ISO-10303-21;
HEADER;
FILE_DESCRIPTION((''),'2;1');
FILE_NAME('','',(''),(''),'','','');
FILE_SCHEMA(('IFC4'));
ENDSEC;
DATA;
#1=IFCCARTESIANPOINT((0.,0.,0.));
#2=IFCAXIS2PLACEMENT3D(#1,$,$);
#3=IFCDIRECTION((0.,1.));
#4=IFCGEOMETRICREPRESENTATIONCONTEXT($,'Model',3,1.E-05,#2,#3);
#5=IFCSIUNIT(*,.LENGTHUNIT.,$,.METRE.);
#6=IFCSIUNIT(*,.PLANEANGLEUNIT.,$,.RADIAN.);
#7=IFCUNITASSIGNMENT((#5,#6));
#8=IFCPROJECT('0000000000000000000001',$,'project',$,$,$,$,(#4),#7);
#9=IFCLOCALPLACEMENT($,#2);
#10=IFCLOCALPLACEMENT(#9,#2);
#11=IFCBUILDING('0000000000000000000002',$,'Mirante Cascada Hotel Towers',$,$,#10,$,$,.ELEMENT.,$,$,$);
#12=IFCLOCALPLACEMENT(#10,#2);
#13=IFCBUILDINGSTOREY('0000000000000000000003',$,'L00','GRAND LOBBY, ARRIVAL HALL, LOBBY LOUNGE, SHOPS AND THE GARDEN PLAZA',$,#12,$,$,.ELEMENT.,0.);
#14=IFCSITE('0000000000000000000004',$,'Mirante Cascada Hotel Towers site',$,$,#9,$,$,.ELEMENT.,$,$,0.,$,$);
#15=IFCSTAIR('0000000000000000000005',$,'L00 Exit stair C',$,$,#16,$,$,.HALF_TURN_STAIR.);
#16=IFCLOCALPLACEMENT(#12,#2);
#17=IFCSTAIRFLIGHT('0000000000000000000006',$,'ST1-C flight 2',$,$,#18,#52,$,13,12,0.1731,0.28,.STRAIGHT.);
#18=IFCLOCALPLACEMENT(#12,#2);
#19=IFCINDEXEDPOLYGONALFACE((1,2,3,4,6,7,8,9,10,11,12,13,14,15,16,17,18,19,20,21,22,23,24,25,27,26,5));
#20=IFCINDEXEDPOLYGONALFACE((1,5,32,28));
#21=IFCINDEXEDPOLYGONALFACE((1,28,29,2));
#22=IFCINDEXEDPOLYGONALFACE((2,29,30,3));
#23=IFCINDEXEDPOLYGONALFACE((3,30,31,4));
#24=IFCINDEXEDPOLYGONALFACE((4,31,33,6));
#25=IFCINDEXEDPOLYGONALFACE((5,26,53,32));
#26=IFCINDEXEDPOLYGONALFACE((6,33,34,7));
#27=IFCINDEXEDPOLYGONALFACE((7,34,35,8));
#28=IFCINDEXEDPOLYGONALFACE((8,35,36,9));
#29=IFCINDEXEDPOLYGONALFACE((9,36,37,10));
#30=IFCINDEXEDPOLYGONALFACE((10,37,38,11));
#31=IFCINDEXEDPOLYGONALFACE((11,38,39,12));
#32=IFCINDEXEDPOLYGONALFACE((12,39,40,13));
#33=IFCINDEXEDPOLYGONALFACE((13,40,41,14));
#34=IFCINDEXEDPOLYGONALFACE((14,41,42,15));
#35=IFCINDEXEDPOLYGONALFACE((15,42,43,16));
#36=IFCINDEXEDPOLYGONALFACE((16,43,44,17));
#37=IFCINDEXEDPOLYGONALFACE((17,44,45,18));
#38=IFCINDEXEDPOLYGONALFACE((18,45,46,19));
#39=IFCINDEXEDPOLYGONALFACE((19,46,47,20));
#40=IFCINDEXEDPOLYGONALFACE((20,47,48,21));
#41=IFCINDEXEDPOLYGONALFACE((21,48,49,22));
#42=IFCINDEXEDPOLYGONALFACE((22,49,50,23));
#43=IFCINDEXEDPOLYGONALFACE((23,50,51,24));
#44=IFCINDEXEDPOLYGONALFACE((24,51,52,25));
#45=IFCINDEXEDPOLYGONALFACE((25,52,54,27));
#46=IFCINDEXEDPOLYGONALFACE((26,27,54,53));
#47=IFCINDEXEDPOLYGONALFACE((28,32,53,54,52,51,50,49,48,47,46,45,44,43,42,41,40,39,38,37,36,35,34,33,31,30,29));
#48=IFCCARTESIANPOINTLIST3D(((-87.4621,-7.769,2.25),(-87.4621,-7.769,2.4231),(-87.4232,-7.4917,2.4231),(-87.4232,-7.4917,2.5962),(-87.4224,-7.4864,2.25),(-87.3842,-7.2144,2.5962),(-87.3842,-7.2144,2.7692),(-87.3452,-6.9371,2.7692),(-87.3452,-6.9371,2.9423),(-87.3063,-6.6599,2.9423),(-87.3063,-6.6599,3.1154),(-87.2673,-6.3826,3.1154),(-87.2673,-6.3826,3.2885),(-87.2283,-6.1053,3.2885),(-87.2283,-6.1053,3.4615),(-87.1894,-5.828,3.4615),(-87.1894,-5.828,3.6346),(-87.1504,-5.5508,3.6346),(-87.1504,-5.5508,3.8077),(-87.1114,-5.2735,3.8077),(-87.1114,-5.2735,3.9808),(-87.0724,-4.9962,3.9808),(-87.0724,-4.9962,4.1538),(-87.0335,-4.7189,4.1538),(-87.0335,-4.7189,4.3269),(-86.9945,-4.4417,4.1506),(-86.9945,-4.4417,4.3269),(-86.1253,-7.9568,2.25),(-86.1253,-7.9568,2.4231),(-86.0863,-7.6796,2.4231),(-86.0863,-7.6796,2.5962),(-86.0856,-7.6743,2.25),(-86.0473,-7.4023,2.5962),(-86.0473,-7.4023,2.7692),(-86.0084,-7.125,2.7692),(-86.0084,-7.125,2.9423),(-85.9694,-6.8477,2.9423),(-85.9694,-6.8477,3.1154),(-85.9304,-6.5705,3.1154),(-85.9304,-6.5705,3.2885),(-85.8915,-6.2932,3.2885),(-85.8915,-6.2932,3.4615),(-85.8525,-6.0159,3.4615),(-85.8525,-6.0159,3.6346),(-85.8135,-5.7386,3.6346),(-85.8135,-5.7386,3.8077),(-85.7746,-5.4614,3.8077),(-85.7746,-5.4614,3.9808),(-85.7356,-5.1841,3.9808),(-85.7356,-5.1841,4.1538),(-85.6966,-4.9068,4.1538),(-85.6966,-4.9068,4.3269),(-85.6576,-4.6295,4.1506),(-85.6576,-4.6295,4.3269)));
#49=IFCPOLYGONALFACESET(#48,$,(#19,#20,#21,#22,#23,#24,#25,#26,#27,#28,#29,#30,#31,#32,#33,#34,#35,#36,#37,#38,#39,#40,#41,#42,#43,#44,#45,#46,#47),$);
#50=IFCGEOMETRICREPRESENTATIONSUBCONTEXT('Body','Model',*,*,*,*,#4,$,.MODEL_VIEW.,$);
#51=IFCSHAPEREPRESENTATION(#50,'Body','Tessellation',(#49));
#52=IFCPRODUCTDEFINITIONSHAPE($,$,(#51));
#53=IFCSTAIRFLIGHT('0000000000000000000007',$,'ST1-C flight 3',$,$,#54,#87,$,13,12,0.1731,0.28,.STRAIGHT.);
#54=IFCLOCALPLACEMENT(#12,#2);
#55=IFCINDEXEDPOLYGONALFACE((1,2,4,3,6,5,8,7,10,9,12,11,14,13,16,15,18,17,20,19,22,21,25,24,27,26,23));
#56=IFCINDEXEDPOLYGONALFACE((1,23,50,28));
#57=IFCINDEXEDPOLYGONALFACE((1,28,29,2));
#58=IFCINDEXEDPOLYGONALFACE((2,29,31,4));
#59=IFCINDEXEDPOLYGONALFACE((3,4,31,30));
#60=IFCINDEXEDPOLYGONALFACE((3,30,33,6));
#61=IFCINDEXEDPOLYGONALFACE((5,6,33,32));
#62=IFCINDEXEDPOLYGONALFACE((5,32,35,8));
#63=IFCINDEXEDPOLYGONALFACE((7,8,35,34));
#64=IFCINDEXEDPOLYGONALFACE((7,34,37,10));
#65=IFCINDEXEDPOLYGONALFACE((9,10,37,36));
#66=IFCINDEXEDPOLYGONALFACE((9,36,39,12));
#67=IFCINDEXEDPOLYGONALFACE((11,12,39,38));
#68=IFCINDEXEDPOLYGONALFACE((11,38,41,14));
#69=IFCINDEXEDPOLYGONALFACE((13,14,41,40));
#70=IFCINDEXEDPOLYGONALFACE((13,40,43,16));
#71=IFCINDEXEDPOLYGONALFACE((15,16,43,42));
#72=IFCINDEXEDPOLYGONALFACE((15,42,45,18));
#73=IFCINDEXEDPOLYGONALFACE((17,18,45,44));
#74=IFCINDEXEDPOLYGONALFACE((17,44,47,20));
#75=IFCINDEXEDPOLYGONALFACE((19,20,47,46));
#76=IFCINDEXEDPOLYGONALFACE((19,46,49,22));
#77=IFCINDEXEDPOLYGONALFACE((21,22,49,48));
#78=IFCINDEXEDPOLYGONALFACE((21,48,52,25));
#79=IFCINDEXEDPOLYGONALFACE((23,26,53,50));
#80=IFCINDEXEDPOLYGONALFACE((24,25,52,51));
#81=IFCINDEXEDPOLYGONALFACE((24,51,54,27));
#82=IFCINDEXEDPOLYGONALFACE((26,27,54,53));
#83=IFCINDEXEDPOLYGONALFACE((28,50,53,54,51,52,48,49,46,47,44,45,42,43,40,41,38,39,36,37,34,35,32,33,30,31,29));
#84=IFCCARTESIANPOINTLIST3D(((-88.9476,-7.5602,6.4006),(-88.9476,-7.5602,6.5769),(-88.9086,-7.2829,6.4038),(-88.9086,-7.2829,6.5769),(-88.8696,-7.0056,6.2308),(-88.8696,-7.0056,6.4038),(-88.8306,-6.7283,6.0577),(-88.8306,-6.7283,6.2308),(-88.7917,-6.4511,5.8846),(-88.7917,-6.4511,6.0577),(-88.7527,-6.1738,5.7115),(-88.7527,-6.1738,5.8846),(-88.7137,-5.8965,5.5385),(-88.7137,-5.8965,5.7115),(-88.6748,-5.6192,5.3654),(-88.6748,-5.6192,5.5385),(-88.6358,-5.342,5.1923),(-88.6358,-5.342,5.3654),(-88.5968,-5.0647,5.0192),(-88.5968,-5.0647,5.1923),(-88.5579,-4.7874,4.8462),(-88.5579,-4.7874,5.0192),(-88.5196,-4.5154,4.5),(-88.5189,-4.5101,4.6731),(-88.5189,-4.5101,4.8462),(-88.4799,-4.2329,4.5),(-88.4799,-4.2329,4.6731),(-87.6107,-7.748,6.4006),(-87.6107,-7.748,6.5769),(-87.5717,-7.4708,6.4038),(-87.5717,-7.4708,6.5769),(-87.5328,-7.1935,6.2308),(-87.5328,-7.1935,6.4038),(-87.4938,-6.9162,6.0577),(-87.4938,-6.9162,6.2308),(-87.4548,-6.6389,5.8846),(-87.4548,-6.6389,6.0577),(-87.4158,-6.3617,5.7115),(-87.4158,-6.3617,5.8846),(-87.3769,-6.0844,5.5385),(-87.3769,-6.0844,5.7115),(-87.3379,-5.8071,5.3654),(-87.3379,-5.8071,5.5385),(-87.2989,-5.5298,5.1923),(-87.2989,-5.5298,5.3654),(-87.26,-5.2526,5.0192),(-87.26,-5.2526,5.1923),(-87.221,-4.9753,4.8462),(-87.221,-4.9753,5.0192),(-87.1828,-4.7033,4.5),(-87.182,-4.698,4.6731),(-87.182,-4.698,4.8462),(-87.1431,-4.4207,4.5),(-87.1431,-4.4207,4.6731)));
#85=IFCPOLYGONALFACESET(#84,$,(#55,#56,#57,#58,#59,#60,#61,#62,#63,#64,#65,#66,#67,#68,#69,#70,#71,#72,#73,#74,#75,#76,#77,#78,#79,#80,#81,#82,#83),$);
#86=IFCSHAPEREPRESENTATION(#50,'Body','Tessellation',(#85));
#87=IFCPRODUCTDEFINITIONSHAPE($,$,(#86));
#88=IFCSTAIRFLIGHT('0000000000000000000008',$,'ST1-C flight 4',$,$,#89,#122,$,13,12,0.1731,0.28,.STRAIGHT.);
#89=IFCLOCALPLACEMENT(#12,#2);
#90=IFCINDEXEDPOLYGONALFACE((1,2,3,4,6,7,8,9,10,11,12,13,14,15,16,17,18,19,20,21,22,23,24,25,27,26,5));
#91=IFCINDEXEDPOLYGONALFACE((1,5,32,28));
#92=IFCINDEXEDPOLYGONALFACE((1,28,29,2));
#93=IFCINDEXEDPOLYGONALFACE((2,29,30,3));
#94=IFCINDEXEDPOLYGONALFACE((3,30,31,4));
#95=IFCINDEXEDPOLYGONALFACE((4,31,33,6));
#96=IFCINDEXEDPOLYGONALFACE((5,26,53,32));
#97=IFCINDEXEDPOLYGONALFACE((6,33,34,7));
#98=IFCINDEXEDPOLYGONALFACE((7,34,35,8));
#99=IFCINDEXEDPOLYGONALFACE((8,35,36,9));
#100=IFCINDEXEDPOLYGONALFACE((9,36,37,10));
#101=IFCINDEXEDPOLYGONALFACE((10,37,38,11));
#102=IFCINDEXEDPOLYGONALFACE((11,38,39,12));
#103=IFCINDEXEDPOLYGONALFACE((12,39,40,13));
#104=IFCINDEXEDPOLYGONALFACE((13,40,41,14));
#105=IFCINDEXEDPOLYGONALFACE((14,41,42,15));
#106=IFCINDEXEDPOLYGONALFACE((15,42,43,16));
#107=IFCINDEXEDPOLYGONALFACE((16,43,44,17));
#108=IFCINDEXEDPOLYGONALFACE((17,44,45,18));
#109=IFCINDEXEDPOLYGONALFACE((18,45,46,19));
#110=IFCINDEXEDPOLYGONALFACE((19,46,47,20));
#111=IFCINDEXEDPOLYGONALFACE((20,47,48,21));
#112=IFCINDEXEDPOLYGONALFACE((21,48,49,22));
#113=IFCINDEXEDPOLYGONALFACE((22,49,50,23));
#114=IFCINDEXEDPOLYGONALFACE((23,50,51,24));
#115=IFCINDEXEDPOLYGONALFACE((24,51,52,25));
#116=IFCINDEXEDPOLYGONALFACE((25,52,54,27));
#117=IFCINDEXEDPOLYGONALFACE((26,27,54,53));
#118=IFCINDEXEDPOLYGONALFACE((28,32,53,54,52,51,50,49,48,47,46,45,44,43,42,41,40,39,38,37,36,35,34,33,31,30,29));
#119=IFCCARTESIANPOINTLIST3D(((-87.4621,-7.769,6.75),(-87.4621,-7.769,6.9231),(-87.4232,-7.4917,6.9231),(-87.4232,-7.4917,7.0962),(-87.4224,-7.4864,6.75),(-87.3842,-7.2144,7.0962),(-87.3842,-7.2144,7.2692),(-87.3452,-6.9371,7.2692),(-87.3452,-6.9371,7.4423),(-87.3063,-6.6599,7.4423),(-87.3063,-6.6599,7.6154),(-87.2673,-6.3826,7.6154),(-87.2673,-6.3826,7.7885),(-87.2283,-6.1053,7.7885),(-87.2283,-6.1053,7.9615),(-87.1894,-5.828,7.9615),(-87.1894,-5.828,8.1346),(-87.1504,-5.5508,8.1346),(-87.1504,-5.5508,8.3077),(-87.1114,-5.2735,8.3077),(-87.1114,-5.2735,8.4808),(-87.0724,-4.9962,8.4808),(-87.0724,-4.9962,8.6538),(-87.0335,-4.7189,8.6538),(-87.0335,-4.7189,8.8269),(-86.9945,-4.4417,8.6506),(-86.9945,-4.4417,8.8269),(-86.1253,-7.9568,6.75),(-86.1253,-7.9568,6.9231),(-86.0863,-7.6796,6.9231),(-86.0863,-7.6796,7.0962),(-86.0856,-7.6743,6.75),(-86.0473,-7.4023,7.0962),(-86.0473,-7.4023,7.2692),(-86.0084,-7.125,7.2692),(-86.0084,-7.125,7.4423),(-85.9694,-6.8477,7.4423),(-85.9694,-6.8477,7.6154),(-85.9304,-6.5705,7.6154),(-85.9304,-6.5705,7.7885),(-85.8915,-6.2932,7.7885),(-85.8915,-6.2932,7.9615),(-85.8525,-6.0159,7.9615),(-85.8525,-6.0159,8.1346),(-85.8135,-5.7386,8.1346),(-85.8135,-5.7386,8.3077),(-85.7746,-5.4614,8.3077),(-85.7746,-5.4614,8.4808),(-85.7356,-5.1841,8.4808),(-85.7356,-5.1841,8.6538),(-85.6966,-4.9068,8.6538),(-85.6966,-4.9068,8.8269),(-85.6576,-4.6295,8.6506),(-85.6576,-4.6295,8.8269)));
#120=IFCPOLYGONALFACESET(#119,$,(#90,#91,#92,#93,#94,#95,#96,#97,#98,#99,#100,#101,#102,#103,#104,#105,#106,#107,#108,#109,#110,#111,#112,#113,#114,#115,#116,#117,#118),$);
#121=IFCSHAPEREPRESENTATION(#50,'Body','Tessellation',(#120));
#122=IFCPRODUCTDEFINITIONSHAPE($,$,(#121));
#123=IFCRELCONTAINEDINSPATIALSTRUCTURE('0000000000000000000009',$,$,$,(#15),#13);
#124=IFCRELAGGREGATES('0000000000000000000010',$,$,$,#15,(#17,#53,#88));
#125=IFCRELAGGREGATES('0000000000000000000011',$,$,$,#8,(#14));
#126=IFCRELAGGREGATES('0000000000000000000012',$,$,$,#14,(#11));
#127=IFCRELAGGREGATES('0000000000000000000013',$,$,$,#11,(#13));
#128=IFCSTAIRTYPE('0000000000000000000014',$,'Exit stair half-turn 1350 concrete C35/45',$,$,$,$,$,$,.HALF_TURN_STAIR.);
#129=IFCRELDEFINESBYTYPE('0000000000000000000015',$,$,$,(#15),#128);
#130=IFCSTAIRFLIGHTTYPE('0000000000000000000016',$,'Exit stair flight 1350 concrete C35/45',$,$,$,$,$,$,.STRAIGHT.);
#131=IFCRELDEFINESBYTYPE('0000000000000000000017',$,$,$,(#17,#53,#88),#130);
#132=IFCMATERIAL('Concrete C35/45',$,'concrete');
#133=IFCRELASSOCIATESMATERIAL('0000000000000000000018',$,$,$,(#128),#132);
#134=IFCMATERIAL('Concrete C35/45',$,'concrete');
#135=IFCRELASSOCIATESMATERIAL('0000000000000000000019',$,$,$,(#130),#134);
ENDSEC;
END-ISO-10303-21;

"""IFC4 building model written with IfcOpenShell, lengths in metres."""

from ifc_helpers import new_model, si_unit, direction, frame, origin, place, context, subcontext, project, spatial, polyline, outline, extrude, material, type_object, element, aggregate, save


model = new_model("IFC4")

# Units and contexts
model_context = context("Model", 3, precision=1e-05, world=origin(), true_north=direction((0.0, 1.0)))
body_context = subcontext(model_context, "Body", "Model", "MODEL_VIEW")
ifc_project = project(units=[si_unit("LENGTHUNIT", "METRE"), si_unit("PLANEANGLEUNIT", "RADIAN")], contexts=[model_context])

# Site, building, storey
site_placement = place(None, origin())
site = spatial("IfcSite", under=ifc_project, at=site_placement, Name="Mirante Cascada Hotel Towers site", CompositionType="ELEMENT", RefElevation=0.0)
building_placement = place(site_placement, origin())
building = spatial("IfcBuilding", under=site, at=building_placement, Name="Mirante Cascada Hotel Towers", CompositionType="ELEMENT")
storey_placement = place(building_placement, origin())
storey = spatial("IfcBuildingStorey", under=building, at=storey_placement, Name="L00", Description="GRAND LOBBY, ARRIVAL HALL, LOBBY LOUNGE, SHOPS AND THE GARDEN PLAZA", CompositionType="ELEMENT", Elevation=0.0)

# Stair, stair flights
ifc_material_1 = material(Name="Concrete C35/45", Category="concrete")
stair_type = type_object("IfcStairType", Name="Exit stair half-turn 1350 concrete C35/45", PredefinedType="HALF_TURN_STAIR", material=ifc_material_1)
stair_placement = place(storey_placement, origin())
stair = element("IfcStair", 1, at=stair_placement, inside=storey, type_object=stair_type, Name="L00 Exit stair C", PredefinedType="HALF_TURN_STAIR")
ifc_material_2 = material(Name="Concrete C35/45", Category="concrete")
stair_flight_type = type_object("IfcStairFlightType", Name="Exit stair flight 1350 concrete C35/45", PredefinedType="STRAIGHT", material=ifc_material_2)
stair_flight_1_placement = place(storey_placement, frame((-86.7937, -7.8629, 2.25), z_axis=(0.0, 0.0, 1.0), x_axis=(0.139173, 0.990268, 0.0)))
stair_flight_1 = element("IfcStairFlight", 2, at=stair_flight_1_placement, type_object=stair_flight_type, Name="ST1-C flight 2", NumberOfRisers=13, NumberOfTreads=12, PredefinedType="STRAIGHT", RiserHeight=0.1731, TreadLength=0.28, context=body_context, shape_type="SweptSolid", body=[
    extrude(outline(polyline([(0.0, 0.0), (0.0, 0.1731), (0.28, 0.1731), (0.28, 0.3462), (0.56, 0.3462), (0.56, 0.5192), (0.84, 0.5192), (0.84, 0.6923), (1.12, 0.6923), (1.12, 0.8654), (1.4, 0.8654), (1.4, 1.0385), (1.68, 1.0385), (1.68, 1.2115), (1.96, 1.2115), (1.96, 1.3846), (2.24, 1.3846), (2.24, 1.5577), (2.52, 1.5577), (2.52, 1.7308), (2.8, 1.7308), (2.8, 1.9038), (3.08, 1.9038), (3.08, 2.0769), (3.36, 2.0769), (3.36, 2.25), (3.36, 1.9006), (0.2853, 0.0), (0.0, 0.0)])), frame((0.0, 0.675, 0.0), z_axis=(0.0, -1.0, 0.0), x_axis=(1.0, 0.0, 0.0)), (0.0, 0.0, 1.0), 1.35),
])
stair_flight_2_placement = place(storey_placement, frame((-87.8115, -4.3268, 4.5), z_axis=(0.0, 0.0, 1.0), x_axis=(-0.139173, -0.990268, 0.0)))
stair_flight_2 = element("IfcStairFlight", 3, at=stair_flight_2_placement, type_object=stair_flight_type, Name="ST1-C flight 3", NumberOfRisers=13, NumberOfTreads=12, PredefinedType="STRAIGHT", RiserHeight=0.1731, TreadLength=0.28, context=body_context, shape_type="SweptSolid", body=[
    extrude(outline(polyline([(0.0, 0.0), (0.0, 0.1731), (0.28, 0.1731), (0.28, 0.3462), (0.56, 0.3462), (0.56, 0.5192), (0.84, 0.5192), (0.84, 0.6923), (1.12, 0.6923), (1.12, 0.8654), (1.4, 0.8654), (1.4, 1.0385), (1.68, 1.0385), (1.68, 1.2115), (1.96, 1.2115), (1.96, 1.3846), (2.24, 1.3846), (2.24, 1.5577), (2.52, 1.5577), (2.52, 1.7308), (2.8, 1.7308), (2.8, 1.9038), (3.08, 1.9038), (3.08, 2.0769), (3.36, 2.0769), (3.36, 2.25), (3.36, 1.9006), (0.2853, 0.0), (0.0, 0.0)])), frame((0.0, 0.675, 0.0), z_axis=(0.0, -1.0, 0.0), x_axis=(1.0, 0.0, 0.0)), (0.0, 0.0, 1.0), 1.35),
])
stair_flight_3_placement = place(storey_placement, frame((-86.7937, -7.8629, 6.75), z_axis=(0.0, 0.0, 1.0), x_axis=(0.139173, 0.990268, 0.0)))
stair_flight_3 = element("IfcStairFlight", 4, at=stair_flight_3_placement, type_object=stair_flight_type, Name="ST1-C flight 4", NumberOfRisers=13, NumberOfTreads=12, PredefinedType="STRAIGHT", RiserHeight=0.1731, TreadLength=0.28, context=body_context, shape_type="SweptSolid", body=[
    extrude(outline(polyline([(0.0, 0.0), (0.0, 0.1731), (0.28, 0.1731), (0.28, 0.3462), (0.56, 0.3462), (0.56, 0.5192), (0.84, 0.5192), (0.84, 0.6923), (1.12, 0.6923), (1.12, 0.8654), (1.4, 0.8654), (1.4, 1.0385), (1.68, 1.0385), (1.68, 1.2115), (1.96, 1.2115), (1.96, 1.3846), (2.24, 1.3846), (2.24, 1.5577), (2.52, 1.5577), (2.52, 1.7308), (2.8, 1.7308), (2.8, 1.9038), (3.08, 1.9038), (3.08, 2.0769), (3.36, 2.0769), (3.36, 2.25), (3.36, 1.9006), (0.2853, 0.0), (0.0, 0.0)])), frame((0.0, 0.675, 0.0), z_axis=(0.0, -1.0, 0.0), x_axis=(1.0, 0.0, 0.0)), (0.0, 0.0, 1.0), 1.35),
])
aggregate(stair, [stair_flight_1, stair_flight_2, stair_flight_3])

save(model, "model.ifc")
